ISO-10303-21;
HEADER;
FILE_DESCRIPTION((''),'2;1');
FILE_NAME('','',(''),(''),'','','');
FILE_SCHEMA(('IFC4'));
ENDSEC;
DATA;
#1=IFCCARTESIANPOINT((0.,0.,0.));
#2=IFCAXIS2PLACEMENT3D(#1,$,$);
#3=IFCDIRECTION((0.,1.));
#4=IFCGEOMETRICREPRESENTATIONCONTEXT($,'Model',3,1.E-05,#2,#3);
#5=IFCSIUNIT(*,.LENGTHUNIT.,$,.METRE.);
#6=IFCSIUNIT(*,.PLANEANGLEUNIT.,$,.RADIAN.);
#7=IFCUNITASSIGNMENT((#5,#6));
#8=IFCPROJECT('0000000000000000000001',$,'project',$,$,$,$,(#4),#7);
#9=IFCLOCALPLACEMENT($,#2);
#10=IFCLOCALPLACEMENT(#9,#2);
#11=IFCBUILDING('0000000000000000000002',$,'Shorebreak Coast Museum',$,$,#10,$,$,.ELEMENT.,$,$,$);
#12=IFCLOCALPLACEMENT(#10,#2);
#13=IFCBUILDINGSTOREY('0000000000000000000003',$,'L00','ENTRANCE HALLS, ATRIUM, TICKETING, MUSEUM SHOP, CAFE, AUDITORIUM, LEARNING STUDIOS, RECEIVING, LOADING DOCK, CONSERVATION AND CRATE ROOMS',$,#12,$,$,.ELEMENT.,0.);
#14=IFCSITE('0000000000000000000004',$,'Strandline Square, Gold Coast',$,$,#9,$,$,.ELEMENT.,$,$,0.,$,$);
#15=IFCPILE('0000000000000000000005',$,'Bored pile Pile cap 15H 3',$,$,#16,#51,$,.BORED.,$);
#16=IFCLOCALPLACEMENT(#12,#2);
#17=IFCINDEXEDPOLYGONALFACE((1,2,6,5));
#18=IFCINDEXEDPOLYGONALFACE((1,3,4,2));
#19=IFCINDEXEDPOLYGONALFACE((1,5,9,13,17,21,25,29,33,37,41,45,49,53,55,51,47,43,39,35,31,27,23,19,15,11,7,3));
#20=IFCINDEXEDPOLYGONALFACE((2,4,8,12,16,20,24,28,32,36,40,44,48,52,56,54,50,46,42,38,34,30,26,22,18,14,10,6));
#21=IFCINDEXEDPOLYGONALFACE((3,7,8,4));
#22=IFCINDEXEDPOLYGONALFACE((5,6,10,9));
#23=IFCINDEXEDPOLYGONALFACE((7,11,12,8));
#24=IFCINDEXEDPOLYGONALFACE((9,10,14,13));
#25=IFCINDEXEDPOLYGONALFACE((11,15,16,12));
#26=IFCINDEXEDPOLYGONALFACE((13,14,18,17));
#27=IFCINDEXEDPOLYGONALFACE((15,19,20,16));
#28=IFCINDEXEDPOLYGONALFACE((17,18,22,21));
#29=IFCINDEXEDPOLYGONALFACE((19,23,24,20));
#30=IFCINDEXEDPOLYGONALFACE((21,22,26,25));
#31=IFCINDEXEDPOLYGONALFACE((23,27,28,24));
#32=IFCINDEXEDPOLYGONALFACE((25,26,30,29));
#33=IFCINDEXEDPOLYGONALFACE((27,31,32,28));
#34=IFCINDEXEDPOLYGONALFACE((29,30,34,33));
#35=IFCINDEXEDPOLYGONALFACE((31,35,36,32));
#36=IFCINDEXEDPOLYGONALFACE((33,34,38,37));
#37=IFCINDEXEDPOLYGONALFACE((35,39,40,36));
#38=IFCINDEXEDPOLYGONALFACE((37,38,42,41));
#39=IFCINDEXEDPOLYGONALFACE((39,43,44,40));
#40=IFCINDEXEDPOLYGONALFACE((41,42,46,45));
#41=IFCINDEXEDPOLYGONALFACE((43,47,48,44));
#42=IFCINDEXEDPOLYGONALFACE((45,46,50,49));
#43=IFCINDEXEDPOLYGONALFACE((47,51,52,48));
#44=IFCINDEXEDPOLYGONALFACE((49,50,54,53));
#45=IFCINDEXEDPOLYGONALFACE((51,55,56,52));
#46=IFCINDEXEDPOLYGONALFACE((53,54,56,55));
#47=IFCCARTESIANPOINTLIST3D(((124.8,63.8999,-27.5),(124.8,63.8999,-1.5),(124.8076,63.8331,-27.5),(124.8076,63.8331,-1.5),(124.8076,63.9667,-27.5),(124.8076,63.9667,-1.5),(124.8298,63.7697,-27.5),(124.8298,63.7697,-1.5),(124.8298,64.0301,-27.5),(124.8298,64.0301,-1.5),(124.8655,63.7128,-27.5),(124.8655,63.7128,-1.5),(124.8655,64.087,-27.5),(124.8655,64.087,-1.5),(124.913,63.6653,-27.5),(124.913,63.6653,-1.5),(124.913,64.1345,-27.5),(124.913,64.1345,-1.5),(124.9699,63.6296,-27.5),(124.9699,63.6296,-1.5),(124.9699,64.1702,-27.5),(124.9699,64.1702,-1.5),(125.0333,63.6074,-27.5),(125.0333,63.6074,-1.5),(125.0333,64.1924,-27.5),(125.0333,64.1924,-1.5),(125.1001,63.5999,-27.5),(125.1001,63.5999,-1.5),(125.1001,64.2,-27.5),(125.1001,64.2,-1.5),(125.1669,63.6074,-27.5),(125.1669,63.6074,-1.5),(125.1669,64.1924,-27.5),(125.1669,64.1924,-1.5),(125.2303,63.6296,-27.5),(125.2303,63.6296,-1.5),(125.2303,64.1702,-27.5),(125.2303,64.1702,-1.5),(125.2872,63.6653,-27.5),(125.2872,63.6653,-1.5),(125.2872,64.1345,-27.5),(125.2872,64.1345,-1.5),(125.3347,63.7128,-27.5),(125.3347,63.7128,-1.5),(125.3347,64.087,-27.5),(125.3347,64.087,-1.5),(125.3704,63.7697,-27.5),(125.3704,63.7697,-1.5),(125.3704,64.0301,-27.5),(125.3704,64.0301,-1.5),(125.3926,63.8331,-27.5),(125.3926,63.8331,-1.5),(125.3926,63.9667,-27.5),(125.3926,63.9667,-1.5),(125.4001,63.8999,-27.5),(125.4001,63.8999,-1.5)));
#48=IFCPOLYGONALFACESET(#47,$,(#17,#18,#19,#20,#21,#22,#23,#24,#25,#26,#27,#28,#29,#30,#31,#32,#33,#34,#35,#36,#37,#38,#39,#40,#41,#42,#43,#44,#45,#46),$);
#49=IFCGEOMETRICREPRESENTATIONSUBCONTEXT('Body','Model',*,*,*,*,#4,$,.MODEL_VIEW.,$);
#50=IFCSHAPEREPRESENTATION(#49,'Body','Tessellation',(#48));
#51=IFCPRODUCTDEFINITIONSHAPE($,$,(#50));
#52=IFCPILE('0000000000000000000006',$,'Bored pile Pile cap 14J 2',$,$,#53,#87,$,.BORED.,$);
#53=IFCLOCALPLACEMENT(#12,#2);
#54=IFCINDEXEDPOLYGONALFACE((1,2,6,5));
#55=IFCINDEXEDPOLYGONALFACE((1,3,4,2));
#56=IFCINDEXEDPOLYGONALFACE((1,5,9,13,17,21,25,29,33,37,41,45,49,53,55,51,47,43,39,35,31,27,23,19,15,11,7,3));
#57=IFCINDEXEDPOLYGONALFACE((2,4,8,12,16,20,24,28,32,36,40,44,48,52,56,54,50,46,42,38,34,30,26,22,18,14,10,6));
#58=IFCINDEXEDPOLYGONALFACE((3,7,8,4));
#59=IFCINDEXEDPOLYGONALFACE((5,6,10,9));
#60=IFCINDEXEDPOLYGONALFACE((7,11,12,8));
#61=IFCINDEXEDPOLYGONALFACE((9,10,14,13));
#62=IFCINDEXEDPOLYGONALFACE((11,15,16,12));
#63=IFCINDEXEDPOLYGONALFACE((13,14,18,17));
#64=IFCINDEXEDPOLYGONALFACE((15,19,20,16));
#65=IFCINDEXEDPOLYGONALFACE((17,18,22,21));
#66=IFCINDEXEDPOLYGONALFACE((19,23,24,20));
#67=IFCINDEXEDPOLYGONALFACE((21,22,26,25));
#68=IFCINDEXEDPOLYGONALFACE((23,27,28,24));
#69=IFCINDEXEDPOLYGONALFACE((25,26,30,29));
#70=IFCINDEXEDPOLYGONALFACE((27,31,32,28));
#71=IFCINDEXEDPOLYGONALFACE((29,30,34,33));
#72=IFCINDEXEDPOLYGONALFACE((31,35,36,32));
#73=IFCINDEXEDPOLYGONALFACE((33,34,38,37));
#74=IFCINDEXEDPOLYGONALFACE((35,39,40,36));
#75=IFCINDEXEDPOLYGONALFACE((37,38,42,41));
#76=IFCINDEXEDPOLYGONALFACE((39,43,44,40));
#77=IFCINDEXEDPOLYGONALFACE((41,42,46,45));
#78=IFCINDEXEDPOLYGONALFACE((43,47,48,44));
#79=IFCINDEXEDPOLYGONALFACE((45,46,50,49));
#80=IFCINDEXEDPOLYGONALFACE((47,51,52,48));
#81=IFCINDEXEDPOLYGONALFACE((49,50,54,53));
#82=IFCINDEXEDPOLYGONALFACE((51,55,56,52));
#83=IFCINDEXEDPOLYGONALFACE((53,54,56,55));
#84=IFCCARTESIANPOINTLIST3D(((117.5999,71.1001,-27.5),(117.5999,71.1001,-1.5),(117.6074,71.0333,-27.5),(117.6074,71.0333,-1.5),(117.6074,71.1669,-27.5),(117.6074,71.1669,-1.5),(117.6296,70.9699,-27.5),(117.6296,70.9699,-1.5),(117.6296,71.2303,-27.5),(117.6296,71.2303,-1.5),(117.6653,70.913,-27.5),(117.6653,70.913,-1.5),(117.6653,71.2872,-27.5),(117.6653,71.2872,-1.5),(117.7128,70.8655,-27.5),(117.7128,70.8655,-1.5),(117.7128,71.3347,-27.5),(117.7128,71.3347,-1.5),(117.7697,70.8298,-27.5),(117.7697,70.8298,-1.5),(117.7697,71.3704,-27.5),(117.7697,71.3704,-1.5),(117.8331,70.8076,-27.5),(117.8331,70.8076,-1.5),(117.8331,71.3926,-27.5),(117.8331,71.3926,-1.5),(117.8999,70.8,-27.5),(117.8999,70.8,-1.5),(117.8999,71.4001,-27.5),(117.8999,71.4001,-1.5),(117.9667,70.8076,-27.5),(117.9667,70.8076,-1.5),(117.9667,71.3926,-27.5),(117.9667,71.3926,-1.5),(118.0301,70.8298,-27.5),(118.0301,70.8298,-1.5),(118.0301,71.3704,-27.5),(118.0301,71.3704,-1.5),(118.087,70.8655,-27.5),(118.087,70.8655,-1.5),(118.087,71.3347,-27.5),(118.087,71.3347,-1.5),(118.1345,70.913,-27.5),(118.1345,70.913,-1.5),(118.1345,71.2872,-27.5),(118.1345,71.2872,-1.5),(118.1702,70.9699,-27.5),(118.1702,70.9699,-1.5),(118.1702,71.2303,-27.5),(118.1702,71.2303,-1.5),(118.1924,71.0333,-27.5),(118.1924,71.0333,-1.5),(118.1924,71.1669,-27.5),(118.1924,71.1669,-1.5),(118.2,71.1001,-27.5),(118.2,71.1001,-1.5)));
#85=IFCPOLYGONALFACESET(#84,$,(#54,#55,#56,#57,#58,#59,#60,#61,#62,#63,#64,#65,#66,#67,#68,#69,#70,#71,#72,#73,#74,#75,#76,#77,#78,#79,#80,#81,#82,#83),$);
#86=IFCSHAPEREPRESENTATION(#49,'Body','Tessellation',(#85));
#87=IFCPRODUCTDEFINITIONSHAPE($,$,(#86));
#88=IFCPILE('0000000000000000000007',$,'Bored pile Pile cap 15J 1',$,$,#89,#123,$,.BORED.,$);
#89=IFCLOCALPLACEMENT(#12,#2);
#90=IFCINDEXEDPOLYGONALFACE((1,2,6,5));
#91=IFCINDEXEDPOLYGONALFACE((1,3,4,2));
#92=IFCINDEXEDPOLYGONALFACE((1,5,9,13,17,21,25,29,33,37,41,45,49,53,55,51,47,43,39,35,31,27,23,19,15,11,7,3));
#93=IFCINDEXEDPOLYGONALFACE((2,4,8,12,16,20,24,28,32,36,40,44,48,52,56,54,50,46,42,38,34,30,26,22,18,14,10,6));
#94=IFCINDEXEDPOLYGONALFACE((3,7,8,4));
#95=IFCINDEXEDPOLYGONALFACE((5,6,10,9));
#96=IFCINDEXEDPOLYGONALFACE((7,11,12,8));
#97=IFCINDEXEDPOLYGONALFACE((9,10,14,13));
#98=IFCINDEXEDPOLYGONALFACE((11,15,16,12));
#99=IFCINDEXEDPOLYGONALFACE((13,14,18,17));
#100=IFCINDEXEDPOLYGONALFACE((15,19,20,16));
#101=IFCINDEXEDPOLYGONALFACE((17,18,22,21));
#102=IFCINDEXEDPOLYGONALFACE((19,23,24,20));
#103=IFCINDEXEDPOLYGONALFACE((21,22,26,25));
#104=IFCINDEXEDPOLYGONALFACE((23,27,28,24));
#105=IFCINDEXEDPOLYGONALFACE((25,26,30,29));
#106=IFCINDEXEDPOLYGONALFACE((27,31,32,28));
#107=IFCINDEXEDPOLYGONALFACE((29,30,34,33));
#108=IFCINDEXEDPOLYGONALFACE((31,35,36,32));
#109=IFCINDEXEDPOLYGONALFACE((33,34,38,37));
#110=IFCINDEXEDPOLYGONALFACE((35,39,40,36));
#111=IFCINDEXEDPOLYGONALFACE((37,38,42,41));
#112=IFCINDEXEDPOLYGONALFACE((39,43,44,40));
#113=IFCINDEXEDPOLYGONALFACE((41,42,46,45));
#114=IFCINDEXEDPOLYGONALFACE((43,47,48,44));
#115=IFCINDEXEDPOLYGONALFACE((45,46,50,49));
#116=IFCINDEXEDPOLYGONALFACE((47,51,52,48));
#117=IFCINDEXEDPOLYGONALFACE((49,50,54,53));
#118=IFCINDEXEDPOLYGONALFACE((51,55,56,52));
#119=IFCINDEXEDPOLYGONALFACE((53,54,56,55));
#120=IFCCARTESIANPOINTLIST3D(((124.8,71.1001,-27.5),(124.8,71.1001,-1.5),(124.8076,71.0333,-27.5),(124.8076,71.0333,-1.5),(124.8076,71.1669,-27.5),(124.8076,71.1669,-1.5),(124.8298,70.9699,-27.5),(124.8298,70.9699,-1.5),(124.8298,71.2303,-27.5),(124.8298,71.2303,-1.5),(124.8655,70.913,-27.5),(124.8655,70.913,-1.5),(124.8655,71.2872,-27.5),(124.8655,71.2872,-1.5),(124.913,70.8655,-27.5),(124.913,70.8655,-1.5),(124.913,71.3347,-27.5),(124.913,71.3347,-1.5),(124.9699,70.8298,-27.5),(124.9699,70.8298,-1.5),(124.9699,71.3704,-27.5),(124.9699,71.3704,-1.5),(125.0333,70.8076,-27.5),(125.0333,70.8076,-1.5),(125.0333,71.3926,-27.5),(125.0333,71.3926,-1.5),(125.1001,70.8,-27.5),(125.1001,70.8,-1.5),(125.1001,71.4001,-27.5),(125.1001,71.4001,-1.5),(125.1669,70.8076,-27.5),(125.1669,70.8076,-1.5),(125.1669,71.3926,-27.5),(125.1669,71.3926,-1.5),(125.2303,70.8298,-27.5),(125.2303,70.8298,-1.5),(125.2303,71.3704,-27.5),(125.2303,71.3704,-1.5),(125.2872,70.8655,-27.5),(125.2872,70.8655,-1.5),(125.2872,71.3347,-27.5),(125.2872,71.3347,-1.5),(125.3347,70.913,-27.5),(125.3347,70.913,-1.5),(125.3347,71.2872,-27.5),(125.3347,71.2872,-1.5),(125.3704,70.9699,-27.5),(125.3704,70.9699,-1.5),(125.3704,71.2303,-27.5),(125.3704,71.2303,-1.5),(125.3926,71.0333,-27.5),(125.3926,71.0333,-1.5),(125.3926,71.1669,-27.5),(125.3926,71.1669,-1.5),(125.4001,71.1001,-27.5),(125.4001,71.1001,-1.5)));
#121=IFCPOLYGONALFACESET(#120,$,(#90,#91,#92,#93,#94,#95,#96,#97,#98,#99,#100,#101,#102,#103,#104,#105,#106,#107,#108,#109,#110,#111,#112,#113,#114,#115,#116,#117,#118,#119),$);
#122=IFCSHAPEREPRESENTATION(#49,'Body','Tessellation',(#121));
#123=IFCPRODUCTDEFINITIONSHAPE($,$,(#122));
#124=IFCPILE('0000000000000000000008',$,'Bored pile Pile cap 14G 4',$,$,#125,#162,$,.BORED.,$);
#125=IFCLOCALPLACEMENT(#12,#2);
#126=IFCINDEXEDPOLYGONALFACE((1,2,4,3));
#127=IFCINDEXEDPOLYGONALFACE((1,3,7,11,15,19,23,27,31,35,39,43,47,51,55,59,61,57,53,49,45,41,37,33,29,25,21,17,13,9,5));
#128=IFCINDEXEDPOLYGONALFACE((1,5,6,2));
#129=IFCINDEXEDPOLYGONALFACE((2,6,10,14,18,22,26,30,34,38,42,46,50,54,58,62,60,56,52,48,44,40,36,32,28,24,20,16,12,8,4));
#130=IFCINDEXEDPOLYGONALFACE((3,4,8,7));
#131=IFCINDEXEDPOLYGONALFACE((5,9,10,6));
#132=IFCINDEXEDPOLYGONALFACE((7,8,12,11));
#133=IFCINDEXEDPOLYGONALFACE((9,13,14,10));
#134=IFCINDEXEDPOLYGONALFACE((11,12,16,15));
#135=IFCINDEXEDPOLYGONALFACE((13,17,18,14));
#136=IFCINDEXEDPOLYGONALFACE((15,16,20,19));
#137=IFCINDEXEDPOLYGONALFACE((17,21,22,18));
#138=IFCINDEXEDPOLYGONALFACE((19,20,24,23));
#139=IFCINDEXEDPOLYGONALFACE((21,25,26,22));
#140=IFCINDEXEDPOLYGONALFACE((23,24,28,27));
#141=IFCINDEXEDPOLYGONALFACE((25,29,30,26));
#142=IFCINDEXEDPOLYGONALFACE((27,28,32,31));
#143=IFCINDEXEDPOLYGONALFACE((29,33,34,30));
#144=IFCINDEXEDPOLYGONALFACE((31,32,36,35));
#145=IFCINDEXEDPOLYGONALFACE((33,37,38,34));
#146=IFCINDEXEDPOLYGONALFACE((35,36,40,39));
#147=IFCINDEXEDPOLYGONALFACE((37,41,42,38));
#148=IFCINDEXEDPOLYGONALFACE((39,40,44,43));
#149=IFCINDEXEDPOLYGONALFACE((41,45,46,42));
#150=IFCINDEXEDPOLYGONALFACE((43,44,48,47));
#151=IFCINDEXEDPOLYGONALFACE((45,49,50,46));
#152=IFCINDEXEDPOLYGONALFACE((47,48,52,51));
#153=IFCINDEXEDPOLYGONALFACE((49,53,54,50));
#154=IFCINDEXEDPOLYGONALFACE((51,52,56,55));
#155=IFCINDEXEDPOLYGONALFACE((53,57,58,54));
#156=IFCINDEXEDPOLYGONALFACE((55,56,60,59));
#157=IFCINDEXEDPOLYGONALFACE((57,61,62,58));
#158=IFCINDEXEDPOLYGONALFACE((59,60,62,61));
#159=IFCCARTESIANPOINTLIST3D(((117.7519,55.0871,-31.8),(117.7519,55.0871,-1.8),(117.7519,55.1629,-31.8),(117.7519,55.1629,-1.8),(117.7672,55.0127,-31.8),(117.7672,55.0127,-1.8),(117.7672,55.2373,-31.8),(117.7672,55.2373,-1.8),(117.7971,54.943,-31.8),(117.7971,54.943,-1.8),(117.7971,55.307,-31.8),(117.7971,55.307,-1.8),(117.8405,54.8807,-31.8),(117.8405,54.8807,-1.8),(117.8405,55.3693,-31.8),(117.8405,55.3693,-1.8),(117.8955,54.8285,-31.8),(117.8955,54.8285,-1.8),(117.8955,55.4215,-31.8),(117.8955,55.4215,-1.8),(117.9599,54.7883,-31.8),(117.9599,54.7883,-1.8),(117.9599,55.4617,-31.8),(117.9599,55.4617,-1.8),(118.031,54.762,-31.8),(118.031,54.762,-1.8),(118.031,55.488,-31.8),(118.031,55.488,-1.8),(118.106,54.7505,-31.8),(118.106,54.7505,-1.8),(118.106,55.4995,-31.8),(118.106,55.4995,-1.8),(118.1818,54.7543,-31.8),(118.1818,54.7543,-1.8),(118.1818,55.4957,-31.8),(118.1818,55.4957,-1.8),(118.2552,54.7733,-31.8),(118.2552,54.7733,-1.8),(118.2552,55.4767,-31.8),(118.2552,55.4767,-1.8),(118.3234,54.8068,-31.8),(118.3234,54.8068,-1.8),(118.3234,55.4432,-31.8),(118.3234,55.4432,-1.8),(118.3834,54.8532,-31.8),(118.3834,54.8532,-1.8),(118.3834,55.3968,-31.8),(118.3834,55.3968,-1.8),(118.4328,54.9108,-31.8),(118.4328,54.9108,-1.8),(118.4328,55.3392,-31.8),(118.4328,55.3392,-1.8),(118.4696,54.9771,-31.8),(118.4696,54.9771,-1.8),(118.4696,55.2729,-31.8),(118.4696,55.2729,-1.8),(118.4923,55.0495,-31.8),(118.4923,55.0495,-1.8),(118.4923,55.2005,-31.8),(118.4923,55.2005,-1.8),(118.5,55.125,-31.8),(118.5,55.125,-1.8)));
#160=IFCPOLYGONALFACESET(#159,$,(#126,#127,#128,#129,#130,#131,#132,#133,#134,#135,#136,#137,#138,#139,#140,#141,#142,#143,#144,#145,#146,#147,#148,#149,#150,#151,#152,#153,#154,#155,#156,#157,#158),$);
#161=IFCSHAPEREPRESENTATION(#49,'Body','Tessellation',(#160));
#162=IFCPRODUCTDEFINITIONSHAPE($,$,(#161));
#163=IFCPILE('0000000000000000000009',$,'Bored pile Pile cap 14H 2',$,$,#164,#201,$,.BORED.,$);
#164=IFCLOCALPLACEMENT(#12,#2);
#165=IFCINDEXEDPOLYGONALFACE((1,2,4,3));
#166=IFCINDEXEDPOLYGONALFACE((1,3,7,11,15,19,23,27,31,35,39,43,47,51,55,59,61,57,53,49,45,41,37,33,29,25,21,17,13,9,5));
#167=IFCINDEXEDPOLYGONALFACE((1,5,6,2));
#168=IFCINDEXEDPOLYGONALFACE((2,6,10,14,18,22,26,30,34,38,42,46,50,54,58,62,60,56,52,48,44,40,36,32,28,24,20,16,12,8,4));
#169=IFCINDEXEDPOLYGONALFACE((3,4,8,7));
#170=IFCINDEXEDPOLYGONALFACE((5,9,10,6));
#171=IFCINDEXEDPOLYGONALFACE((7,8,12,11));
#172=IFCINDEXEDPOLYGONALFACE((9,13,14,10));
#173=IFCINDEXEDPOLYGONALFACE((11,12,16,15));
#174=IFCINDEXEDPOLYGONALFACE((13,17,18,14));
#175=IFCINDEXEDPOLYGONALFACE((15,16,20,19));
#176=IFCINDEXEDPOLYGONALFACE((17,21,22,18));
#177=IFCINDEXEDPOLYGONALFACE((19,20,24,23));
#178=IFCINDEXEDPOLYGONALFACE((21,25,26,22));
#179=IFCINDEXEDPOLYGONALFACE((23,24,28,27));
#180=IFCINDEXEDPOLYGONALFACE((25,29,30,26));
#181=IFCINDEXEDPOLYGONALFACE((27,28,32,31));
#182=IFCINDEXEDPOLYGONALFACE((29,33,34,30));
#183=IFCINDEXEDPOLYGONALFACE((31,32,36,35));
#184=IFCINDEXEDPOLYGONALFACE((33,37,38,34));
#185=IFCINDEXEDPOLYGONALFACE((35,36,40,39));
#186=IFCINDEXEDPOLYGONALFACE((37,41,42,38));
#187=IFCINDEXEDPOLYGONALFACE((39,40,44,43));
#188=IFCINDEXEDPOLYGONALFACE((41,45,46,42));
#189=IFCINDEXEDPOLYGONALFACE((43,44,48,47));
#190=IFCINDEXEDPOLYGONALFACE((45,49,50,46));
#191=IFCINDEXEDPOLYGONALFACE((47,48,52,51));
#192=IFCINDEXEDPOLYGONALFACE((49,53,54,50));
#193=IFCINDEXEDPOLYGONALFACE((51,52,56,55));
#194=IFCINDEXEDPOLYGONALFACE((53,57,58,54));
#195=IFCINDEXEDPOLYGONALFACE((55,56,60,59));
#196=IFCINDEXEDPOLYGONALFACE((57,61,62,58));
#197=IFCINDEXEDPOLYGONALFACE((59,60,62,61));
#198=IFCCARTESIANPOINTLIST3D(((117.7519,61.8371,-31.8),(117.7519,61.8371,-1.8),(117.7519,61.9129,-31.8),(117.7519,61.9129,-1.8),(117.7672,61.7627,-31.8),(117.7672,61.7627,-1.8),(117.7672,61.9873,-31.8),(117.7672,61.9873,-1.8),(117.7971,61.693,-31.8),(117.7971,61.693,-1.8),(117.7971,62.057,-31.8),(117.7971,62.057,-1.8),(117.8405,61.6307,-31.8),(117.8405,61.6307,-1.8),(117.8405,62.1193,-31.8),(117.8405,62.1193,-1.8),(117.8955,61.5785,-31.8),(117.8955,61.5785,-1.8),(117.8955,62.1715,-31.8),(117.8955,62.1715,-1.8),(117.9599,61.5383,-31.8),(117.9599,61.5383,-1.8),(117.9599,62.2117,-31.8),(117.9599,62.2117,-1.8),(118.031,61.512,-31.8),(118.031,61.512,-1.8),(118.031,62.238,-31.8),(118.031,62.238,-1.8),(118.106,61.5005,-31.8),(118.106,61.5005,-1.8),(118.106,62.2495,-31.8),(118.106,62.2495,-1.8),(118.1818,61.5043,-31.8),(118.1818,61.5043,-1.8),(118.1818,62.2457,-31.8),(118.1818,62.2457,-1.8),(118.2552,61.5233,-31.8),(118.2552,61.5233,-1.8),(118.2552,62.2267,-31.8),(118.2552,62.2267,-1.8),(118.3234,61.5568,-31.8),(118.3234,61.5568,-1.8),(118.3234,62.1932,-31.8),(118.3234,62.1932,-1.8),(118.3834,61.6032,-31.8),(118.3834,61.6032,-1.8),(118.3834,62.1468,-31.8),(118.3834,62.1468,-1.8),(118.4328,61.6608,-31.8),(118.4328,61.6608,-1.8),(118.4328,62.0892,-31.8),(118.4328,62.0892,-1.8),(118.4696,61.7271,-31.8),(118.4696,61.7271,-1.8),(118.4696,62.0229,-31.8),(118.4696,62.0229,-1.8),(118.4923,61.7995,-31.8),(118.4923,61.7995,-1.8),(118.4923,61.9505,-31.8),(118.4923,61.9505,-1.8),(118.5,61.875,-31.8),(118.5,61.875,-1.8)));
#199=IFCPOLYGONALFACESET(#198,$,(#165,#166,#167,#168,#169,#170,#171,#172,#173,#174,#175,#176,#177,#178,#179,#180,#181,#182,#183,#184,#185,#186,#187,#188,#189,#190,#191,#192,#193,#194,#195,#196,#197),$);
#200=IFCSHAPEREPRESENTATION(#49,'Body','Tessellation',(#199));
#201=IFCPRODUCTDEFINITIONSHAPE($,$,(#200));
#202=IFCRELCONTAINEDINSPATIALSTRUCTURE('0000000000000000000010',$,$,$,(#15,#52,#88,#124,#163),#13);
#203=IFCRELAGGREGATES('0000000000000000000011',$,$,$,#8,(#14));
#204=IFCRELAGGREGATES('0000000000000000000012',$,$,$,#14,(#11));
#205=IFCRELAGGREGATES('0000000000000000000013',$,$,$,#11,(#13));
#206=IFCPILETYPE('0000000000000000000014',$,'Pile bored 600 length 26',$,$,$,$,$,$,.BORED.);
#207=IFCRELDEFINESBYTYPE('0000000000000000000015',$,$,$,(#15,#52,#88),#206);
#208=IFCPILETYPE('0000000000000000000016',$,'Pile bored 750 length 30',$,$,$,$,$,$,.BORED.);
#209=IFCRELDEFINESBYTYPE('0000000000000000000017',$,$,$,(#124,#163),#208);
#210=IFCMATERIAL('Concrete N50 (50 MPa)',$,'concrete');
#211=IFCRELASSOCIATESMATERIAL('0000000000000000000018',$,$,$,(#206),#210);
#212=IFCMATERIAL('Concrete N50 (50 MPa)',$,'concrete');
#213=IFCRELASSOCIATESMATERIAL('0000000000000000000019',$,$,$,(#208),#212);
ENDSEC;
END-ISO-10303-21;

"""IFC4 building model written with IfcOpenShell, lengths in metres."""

from ifc_helpers import new_model, si_unit, direction, frame, origin, origin_2d, place, context, subcontext, project, spatial, circle, extrude, material, material_profile, profile_set, type_object, element, save


model = new_model("IFC4")

# Units and contexts
model_context = context("Model", 3, precision=1e-05, world=origin(), true_north=direction((0.0, 1.0)))
body_context = subcontext(model_context, "Body", "Model", "MODEL_VIEW")
ifc_project = project(units=[si_unit("LENGTHUNIT", "METRE"), si_unit("PLANEANGLEUNIT", "RADIAN")], contexts=[model_context])

# Site, building, storey
site_placement = place(None, origin())
site = spatial("IfcSite", under=ifc_project, at=site_placement, Name="Strandline Square, Gold Coast", CompositionType="ELEMENT", RefElevation=0.0)
building_placement = place(site_placement, origin())
building = spatial("IfcBuilding", under=site, at=building_placement, Name="Shorebreak Coast Museum", CompositionType="ELEMENT")
storey_placement = place(building_placement, origin())
storey = spatial("IfcBuildingStorey", under=building, at=storey_placement, Name="L00", Description="ENTRANCE HALLS, ATRIUM, TICKETING, MUSEUM SHOP, CAFE, AUDITORIUM, LEARNING STUDIOS, RECEIVING, LOADING DOCK, CONSERVATION AND CRATE ROOMS", CompositionType="ELEMENT", Elevation=0.0)

# Piles
ifc_material_1 = material(Name="Concrete N50 (50 MPa)", Category="concrete")
ifc_material_profile_1 = material_profile(ifc_material_1, circle(Radius=0.3, at=origin_2d()), Name="Pile bored 600 length 26")
ifc_profile_set_1 = profile_set([ifc_material_profile_1], Name="Concrete N50 (50 MPa)")
pile_type_1 = type_object("IfcPileType", Name="Pile bored 600 length 26", PredefinedType="BORED", material=ifc_profile_set_1)
for number, where, z_axis, x_axis, name in (
    (1, (125.1001, 63.8999, -1.5), (0.0, 0.0, -1.0), (1.0, 0.0, 0.0), "Bored pile Pile cap 15H 3"),
    (2, (117.8999, 71.1001, -1.5), (0.0, 0.0, -1.0), (1.0, 0.0, 0.0), "Bored pile Pile cap 14J 2"),
    (3, (125.1001, 71.1001, -1.5), (0.0, 0.0, -1.0), (1.0, 0.0, 0.0), "Bored pile Pile cap 15J 1"),
):
    element("IfcPile", number, at=place(storey_placement, frame(where, z_axis=z_axis, x_axis=x_axis)), inside=storey, type_object=pile_type_1, Name=name, PredefinedType="BORED", context=body_context, shape_type="SweptSolid", body=[
        extrude(circle(Radius=0.3, at=origin_2d()), origin(), (0.0, 0.0, 1.0), 26.0),
    ])
ifc_material_2 = material(Name="Concrete N50 (50 MPa)", Category="concrete")
ifc_material_profile_2 = material_profile(ifc_material_2, circle(Radius=0.375, at=origin_2d()), Name="Pile bored 750 length 30")
ifc_profile_set_2 = profile_set([ifc_material_profile_2], Name="Concrete N50 (50 MPa)")
pile_type_2 = type_object("IfcPileType", Name="Pile bored 750 length 30", PredefinedType="BORED", material=ifc_profile_set_2)
for number, where, z_axis, x_axis, name in (
    (4, (118.125, 55.125, -1.8), (0.0, 0.0, -1.0), (1.0, 0.0, 0.0), "Bored pile Pile cap 14G 4"),
    (5, (118.125, 61.875, -1.8), (0.0, 0.0, -1.0), (1.0, 0.0, 0.0), "Bored pile Pile cap 14H 2"),
):
    element("IfcPile", number, at=place(storey_placement, frame(where, z_axis=z_axis, x_axis=x_axis)), inside=storey, type_object=pile_type_2, Name=name, PredefinedType="BORED", context=body_context, shape_type="SweptSolid", body=[
        extrude(circle(Radius=0.375, at=origin_2d()), origin(), (0.0, 0.0, 1.0), 30.0),
    ])

save(model, "model.ifc")
